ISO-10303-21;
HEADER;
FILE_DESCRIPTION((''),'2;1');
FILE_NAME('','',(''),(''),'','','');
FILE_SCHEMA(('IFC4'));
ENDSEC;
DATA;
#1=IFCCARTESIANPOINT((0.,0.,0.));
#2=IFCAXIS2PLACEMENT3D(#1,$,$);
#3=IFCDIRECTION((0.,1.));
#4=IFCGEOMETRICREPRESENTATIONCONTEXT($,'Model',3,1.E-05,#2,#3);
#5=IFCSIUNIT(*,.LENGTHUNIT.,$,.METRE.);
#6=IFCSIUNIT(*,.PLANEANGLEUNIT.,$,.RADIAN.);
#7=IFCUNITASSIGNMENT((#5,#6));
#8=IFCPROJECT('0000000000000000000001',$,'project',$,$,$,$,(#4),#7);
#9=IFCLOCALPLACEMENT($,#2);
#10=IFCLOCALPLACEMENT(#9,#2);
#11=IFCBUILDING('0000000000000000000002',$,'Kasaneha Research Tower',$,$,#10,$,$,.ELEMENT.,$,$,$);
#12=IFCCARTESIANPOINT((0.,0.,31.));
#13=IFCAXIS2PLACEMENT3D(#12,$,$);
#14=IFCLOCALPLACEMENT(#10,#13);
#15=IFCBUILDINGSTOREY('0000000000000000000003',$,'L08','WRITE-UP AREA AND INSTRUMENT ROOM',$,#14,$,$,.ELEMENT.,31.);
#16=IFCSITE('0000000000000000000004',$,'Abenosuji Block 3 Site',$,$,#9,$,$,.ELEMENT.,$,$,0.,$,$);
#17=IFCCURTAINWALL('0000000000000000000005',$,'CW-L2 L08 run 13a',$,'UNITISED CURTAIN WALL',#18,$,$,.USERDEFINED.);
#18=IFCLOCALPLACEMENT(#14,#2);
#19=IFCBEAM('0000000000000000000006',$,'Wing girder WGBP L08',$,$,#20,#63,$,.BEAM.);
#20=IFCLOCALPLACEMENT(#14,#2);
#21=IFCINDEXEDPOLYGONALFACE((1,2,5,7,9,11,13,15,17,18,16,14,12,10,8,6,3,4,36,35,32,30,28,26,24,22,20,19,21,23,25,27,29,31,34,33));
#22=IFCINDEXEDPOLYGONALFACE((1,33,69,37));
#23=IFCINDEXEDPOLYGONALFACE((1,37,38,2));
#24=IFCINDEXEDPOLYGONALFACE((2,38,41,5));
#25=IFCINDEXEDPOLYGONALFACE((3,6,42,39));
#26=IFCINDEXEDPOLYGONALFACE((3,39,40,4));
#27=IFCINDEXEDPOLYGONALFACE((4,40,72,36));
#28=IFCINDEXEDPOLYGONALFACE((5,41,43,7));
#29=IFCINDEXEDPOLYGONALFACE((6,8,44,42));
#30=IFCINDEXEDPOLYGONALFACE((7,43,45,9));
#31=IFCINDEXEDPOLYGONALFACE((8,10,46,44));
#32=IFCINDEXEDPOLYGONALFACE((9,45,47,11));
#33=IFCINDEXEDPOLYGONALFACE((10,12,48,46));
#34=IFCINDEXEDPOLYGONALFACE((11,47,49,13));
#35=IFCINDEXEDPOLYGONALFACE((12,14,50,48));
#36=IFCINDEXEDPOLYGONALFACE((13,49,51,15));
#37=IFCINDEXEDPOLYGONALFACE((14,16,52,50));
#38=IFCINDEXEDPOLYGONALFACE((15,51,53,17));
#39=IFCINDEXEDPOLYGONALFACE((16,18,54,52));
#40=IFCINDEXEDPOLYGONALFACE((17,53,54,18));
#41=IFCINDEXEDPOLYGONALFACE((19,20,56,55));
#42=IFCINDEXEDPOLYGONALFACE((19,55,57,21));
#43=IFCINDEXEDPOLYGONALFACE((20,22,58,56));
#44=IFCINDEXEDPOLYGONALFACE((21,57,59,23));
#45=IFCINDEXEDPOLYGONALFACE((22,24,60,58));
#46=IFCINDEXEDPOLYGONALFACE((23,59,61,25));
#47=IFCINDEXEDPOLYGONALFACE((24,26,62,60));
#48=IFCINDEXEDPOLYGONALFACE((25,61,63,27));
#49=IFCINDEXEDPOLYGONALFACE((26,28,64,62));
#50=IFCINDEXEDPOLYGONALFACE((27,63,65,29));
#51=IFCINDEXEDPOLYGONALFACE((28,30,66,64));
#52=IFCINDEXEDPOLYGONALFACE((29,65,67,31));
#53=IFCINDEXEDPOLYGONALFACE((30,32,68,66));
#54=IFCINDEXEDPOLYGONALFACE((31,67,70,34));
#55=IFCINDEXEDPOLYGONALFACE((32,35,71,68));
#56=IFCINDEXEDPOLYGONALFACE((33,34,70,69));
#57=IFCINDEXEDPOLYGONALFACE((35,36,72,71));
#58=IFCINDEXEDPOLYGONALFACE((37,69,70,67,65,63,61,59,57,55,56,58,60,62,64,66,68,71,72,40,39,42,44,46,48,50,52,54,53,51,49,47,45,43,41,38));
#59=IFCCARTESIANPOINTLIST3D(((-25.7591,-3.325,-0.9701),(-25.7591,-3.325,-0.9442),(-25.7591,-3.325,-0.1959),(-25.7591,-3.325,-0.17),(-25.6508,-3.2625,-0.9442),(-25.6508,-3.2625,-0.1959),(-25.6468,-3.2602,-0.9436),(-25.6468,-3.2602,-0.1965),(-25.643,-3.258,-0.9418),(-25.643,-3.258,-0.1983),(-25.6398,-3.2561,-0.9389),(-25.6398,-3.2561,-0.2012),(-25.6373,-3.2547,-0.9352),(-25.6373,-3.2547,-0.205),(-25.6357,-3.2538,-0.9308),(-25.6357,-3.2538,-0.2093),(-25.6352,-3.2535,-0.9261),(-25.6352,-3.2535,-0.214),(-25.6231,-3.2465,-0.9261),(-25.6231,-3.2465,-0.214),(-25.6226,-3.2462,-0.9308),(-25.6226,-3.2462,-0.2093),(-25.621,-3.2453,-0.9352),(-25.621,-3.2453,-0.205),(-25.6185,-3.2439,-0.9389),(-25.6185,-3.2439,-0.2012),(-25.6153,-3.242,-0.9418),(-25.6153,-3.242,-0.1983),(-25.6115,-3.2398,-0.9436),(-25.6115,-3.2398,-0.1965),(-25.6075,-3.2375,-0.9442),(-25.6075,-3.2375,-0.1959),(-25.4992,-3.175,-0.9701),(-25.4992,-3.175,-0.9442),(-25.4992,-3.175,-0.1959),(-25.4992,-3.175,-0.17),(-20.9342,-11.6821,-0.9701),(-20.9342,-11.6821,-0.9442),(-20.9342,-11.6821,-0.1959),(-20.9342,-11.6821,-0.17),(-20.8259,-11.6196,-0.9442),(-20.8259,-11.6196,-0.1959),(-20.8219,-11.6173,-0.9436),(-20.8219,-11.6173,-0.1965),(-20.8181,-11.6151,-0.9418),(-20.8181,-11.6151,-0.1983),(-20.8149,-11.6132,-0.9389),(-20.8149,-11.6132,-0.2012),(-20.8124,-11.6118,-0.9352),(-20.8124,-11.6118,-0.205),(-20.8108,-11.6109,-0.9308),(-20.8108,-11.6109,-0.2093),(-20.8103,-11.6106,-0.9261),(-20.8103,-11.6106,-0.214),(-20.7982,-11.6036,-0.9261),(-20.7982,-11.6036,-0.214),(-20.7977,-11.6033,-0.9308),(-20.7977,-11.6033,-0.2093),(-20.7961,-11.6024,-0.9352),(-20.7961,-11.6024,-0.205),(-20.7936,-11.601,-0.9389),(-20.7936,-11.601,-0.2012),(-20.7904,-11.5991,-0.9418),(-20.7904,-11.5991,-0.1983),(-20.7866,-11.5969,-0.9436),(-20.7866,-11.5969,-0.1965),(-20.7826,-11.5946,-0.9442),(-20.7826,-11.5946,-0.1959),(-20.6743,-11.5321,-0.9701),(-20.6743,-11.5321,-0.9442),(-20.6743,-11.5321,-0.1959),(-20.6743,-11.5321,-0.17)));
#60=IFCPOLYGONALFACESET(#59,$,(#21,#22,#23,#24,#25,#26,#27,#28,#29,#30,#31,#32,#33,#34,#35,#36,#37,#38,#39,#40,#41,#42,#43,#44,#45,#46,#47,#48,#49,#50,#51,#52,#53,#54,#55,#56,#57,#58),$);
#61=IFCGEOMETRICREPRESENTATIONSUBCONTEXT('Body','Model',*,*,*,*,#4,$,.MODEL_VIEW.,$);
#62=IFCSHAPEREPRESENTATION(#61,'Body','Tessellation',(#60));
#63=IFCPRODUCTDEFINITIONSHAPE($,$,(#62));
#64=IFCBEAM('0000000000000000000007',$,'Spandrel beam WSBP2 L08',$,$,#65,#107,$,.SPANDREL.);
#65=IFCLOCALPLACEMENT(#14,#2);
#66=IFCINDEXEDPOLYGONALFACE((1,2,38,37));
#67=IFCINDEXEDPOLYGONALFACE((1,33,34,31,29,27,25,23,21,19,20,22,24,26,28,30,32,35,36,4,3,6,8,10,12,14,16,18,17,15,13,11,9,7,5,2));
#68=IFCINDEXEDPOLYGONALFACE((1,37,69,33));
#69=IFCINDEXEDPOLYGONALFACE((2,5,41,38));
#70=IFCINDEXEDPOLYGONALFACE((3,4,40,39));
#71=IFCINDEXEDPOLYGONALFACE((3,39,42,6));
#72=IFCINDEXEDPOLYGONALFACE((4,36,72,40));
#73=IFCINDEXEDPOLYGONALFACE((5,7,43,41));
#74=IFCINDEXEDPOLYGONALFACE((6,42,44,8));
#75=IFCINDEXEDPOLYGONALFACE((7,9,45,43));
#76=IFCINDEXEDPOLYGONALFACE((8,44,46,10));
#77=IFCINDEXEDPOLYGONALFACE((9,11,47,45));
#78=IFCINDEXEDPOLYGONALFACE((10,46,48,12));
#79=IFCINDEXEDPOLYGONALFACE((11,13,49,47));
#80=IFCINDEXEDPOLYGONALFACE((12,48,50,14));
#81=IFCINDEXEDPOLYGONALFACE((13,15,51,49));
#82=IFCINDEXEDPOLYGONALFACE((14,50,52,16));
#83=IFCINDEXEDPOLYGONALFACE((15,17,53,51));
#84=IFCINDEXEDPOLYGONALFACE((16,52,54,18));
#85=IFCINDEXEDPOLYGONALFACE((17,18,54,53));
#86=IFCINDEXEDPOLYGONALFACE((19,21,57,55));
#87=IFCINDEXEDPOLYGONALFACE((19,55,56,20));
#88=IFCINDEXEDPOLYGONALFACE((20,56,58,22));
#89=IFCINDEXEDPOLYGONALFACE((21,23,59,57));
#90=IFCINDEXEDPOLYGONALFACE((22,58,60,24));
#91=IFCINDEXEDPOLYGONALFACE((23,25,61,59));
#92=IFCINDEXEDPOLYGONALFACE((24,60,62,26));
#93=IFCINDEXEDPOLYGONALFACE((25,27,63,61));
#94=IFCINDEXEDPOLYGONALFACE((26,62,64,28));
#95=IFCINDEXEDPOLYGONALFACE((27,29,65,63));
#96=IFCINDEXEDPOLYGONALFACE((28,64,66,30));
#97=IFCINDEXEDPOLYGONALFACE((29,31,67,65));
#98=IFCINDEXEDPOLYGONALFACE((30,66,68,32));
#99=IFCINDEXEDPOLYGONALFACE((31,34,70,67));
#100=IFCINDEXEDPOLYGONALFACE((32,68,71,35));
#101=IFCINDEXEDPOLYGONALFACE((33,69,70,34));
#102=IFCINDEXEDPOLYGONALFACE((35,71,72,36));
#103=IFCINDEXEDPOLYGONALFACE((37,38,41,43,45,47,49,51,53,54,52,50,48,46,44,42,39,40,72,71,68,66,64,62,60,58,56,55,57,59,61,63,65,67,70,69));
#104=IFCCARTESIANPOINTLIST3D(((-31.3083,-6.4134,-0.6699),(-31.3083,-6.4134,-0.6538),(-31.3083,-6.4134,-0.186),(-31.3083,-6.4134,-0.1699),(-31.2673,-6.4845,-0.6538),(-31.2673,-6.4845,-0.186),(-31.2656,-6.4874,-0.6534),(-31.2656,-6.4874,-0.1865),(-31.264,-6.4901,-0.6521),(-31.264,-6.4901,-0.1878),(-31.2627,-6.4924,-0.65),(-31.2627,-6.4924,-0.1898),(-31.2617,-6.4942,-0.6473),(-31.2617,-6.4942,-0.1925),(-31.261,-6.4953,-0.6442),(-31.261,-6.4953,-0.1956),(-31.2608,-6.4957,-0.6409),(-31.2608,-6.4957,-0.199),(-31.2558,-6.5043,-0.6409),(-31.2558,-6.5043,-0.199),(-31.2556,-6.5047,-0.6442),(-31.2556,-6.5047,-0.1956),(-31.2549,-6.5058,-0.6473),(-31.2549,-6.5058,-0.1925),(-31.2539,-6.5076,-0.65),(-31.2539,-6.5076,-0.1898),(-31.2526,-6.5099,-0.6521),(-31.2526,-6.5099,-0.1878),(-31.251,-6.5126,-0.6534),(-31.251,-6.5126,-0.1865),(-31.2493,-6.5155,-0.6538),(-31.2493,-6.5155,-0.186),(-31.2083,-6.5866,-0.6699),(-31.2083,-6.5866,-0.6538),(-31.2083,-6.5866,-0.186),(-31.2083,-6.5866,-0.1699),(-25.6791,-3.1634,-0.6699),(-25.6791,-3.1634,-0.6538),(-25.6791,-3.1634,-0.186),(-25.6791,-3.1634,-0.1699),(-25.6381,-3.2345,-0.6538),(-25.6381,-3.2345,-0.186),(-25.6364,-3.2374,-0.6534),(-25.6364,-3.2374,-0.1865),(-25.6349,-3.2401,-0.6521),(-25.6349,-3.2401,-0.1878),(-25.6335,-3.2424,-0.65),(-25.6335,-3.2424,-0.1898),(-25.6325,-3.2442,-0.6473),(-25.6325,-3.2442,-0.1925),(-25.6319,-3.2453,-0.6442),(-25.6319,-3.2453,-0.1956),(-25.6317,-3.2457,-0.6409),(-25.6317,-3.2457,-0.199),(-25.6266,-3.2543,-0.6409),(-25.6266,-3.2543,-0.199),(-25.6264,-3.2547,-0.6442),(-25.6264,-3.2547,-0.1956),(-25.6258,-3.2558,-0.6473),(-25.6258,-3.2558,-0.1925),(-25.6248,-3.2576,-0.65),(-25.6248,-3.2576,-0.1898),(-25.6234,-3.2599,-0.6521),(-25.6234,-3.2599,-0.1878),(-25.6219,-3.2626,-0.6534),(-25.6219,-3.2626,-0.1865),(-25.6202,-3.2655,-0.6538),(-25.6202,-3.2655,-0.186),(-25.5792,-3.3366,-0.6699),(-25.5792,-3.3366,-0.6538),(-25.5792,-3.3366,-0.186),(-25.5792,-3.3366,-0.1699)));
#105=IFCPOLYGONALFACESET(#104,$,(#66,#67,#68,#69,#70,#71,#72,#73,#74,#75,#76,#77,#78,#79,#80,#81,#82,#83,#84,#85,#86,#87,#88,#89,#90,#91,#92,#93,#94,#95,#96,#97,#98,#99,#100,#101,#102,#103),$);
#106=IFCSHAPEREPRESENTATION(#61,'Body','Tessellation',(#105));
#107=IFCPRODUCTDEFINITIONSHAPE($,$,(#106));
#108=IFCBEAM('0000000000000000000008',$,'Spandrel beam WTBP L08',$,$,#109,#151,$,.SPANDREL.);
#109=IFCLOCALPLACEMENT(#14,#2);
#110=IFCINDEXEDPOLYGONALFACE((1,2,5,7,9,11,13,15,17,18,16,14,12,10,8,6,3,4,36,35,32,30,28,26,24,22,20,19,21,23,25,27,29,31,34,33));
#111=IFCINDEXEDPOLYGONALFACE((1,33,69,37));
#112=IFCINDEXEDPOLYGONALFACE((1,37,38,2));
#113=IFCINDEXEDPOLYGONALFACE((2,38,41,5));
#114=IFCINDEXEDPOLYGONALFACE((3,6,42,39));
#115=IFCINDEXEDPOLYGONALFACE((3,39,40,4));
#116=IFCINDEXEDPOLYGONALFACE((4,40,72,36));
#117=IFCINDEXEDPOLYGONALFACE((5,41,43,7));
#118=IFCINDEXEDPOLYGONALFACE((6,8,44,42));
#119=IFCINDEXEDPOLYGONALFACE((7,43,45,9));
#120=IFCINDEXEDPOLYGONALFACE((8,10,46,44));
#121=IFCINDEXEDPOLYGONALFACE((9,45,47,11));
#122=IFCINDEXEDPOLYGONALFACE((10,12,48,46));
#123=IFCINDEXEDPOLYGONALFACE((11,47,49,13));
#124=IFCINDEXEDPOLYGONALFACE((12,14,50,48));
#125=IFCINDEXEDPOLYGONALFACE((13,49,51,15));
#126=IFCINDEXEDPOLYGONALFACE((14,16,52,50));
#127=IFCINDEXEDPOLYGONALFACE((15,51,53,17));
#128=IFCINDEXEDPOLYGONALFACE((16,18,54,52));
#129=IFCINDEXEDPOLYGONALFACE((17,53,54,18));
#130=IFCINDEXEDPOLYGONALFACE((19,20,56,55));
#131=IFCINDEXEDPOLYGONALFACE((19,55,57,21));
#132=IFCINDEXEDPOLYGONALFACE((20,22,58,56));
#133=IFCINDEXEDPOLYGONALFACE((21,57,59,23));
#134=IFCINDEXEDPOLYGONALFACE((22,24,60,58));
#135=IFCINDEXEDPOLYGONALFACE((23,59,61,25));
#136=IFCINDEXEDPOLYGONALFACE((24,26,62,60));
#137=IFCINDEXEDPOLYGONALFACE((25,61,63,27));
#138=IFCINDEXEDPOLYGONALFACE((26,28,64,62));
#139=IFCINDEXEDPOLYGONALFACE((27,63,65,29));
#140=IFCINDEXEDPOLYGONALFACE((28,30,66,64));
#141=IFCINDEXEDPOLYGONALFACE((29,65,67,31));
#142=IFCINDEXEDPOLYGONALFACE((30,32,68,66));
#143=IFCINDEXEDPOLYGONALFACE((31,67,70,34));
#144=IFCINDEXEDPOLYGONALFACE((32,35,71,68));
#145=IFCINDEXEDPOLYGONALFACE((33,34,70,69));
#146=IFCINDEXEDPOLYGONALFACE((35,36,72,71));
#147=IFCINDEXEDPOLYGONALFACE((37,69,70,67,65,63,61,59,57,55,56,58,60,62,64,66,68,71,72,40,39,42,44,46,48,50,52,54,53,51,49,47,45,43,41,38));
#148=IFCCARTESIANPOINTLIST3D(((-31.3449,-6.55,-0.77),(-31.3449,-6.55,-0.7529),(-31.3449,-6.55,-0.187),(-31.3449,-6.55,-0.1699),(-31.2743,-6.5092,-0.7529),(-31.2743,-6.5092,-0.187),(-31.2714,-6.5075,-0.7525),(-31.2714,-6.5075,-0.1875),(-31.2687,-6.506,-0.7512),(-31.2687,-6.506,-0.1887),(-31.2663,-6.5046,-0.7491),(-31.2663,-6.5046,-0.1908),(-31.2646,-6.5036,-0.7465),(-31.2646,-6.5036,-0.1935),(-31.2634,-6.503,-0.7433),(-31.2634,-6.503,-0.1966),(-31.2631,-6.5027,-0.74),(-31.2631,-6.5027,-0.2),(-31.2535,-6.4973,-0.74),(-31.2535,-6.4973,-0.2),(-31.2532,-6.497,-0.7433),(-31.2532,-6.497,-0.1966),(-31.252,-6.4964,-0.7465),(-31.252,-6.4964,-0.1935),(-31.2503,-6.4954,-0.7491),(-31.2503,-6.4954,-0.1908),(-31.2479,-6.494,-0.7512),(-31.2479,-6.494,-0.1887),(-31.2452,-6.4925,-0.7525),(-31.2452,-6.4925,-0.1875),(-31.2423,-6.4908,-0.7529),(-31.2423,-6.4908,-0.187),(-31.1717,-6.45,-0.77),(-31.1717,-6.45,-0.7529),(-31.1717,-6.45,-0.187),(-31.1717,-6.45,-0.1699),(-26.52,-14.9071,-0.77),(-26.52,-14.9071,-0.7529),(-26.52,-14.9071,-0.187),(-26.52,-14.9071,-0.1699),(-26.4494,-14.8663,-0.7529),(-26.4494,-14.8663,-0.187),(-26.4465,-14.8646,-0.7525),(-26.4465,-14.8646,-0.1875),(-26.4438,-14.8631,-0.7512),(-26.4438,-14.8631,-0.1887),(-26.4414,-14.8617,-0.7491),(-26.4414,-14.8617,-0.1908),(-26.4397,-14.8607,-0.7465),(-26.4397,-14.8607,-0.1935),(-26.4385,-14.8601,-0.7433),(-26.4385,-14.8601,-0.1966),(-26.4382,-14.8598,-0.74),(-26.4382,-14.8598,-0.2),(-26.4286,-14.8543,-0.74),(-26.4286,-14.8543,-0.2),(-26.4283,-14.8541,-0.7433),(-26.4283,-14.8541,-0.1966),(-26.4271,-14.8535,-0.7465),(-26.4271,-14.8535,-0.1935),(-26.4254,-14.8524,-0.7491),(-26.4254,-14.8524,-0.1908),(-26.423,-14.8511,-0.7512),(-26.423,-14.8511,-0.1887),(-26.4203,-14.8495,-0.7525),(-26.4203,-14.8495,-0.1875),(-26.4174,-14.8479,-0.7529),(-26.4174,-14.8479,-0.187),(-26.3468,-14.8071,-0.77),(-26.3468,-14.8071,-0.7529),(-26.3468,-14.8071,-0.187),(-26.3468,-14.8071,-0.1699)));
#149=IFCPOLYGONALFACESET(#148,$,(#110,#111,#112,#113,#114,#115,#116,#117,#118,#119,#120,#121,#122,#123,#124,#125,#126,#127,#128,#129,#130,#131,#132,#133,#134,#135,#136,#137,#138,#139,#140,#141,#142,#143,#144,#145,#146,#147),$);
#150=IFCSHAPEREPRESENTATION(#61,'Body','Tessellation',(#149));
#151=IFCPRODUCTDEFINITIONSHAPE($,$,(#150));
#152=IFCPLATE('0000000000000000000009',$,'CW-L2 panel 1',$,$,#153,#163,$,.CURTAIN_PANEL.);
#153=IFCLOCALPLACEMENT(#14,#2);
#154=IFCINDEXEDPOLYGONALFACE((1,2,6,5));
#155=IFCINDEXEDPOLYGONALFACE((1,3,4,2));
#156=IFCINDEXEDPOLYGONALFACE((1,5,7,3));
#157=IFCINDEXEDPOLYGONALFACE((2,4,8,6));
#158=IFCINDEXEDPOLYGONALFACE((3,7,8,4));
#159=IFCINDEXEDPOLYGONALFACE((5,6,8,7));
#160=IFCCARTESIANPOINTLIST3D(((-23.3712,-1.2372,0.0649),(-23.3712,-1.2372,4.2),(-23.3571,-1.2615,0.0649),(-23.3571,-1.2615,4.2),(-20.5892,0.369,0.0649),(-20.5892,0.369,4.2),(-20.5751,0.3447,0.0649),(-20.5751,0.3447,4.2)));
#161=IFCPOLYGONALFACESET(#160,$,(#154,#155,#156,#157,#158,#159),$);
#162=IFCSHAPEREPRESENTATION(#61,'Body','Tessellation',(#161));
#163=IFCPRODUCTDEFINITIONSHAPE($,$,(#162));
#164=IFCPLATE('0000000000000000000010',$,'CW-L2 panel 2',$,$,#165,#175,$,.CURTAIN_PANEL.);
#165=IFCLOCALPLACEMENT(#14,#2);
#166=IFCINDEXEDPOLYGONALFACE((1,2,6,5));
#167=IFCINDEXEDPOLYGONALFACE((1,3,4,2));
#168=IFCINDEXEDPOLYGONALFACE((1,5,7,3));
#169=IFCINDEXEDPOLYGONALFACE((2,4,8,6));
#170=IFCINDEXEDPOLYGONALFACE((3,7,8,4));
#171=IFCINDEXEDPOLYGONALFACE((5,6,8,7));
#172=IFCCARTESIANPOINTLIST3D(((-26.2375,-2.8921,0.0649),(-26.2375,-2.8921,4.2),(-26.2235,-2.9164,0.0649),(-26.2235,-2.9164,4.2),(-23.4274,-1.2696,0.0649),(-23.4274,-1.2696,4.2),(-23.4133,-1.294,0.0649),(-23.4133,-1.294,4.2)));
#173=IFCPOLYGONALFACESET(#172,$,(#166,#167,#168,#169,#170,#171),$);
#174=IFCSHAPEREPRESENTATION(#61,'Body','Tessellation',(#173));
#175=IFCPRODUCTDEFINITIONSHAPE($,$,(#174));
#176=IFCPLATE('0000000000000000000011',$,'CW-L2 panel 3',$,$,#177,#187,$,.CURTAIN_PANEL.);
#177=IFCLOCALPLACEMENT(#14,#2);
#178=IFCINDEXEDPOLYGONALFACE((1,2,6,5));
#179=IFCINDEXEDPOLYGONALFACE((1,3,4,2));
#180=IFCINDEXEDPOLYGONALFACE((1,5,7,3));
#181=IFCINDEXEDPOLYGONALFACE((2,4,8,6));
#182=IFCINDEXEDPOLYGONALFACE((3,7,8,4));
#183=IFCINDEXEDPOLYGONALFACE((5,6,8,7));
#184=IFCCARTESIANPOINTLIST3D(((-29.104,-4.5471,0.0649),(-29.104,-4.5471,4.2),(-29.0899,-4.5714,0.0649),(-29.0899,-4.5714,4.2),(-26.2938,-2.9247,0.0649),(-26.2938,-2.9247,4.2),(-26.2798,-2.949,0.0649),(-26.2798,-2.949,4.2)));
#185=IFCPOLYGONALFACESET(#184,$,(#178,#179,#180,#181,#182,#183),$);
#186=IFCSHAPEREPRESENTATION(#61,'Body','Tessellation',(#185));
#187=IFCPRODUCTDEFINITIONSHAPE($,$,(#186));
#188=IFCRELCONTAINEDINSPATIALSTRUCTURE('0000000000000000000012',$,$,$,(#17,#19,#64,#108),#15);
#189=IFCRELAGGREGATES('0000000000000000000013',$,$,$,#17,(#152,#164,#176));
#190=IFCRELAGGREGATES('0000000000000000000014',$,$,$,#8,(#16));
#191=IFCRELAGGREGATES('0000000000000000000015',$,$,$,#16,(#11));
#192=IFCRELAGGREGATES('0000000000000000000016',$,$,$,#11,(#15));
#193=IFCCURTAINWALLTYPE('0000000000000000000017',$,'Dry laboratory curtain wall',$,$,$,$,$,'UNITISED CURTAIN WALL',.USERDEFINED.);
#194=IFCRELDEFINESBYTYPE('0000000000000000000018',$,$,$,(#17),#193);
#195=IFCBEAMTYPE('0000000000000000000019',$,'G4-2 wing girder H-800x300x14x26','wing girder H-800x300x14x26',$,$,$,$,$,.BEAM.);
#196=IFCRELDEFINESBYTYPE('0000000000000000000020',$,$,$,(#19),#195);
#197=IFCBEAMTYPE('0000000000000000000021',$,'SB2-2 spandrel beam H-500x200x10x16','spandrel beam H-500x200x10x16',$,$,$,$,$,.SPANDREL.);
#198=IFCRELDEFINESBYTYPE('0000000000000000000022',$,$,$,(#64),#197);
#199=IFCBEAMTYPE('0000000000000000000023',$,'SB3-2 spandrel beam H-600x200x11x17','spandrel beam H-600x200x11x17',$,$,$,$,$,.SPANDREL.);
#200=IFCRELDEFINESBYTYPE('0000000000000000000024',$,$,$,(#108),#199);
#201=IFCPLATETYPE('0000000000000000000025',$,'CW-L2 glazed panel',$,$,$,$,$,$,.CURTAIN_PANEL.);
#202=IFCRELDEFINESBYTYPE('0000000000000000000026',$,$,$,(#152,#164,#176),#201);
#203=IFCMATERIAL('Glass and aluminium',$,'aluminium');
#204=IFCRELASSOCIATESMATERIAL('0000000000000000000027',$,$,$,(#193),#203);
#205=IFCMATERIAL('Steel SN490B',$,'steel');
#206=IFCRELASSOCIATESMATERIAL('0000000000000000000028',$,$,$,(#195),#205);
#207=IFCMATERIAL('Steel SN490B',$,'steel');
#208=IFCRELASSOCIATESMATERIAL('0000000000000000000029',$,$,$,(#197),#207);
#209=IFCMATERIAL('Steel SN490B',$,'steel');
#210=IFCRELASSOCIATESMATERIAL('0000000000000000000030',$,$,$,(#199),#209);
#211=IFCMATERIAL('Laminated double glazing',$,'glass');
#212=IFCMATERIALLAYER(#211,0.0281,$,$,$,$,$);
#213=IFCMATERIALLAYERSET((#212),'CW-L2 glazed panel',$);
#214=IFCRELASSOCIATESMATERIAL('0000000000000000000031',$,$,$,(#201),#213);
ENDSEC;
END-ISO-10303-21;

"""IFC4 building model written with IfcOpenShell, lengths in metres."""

from ifc_helpers import new_model, si_unit, direction, frame, origin, origin_2d, place, context, subcontext, project, spatial, rectangle, i_section, extrude, material, layer, layer_set, material_profile, profile_set, type_object, element, aggregate, save


model = new_model("IFC4")

# Units and contexts
model_context = context("Model", 3, precision=1e-05, world=origin(), true_north=direction((0.0, 1.0)))
body_context = subcontext(model_context, "Body", "Model", "MODEL_VIEW")
ifc_project = project(units=[si_unit("LENGTHUNIT", "METRE"), si_unit("PLANEANGLEUNIT", "RADIAN")], contexts=[model_context])

# Site, building, storey
site_placement = place(None, origin())
site = spatial("IfcSite", under=ifc_project, at=site_placement, Name="Abenosuji Block 3 Site", CompositionType="ELEMENT", RefElevation=0.0)
building_placement = place(site_placement, origin())
building = spatial("IfcBuilding", under=site, at=building_placement, Name="Kasaneha Research Tower", CompositionType="ELEMENT")
storey_placement = place(building_placement, frame((0.0, 0.0, 31.0)))
storey = spatial("IfcBuildingStorey", under=building, at=storey_placement, Name="L08", Description="WRITE-UP AREA AND INSTRUMENT ROOM", CompositionType="ELEMENT", Elevation=31.0)

# Curtain wall
ifc_material_1 = material(Name="Glass and aluminium", Category="aluminium")
curtain_wall_type = type_object("IfcCurtainWallType", Name="Dry laboratory curtain wall", ElementType="UNITISED CURTAIN WALL", PredefinedType="USERDEFINED", material=ifc_material_1)
curtain_wall_1_placement = place(storey_placement, origin())
curtain_wall_1 = element("IfcCurtainWall", 1, at=curtain_wall_1_placement, inside=storey, type_object=curtain_wall_type, Name="CW-L2 L08 run 13a", ObjectType="UNITISED CURTAIN WALL", PredefinedType="USERDEFINED")

# Beams
ifc_material_2 = material(Name="Steel SN490B", Category="steel")
ifc_material_profile_1 = material_profile(ifc_material_2, i_section(OverallWidth=0.3, OverallDepth=0.8, WebThickness=0.0139, FlangeThickness=0.0259, FilletRadius=0.0181, at=origin_2d()), Name="H-800x300x14x26")
ifc_profile_set_1 = profile_set([ifc_material_profile_1], Name="Steel SN490B")
beam_type_1 = type_object("IfcBeamType", Name="G4-2 wing girder H-800x300x14x26", Description="wing girder H-800x300x14x26", PredefinedType="BEAM", material=ifc_profile_set_1)
beam_1_placement = place(storey_placement, frame((-25.6292, -3.25, -0.5701), z_axis=(0.499995, -0.866028, 0.0), x_axis=(0.866028, 0.499995, 0.0)))
element("IfcBeam", 2, at=beam_1_placement, inside=storey, type_object=beam_type_1, Name="Wing girder WGBP L08", PredefinedType="BEAM", context=body_context, shape_type="SweptSolid", body=[
    extrude(i_section(OverallWidth=0.3, OverallDepth=0.8, WebThickness=0.0139, FlangeThickness=0.0259, FilletRadius=0.0181, at=origin_2d()), origin(), (0.0, 0.0, 1.0), 9.6499),
])
ifc_material_3 = material(Name="Steel SN490B", Category="steel")
ifc_material_profile_2 = material_profile(ifc_material_3, i_section(OverallWidth=0.2, OverallDepth=0.5, WebThickness=0.01, FlangeThickness=0.0161, FilletRadius=0.0129, at=origin_2d()), Name="H-500x200x10x16")
ifc_profile_set_2 = profile_set([ifc_material_profile_2], Name="Steel SN490B")
beam_type_2 = type_object("IfcBeamType", Name="SB2-2 spandrel beam H-500x200x10x16", Description="spandrel beam H-500x200x10x16", PredefinedType="SPANDREL", material=ifc_profile_set_2)
beam_2_placement = place(storey_placement, frame((-25.6292, -3.25, -0.4199), z_axis=(-0.866025, -0.500001, 0.0), x_axis=(0.500001, -0.866025, 0.0)))
element("IfcBeam", 3, at=beam_2_placement, inside=storey, type_object=beam_type_2, Name="Spandrel beam WSBP2 L08", PredefinedType="SPANDREL", context=body_context, shape_type="SweptSolid", body=[
    extrude(i_section(OverallWidth=0.2, OverallDepth=0.5, WebThickness=0.01, FlangeThickness=0.0161, FilletRadius=0.0129, at=origin_2d()), origin(), (0.0, 0.0, 1.0), 6.5),
])
ifc_material_4 = material(Name="Steel SN490B", Category="steel")
ifc_material_profile_3 = material_profile(ifc_material_4, i_section(OverallWidth=0.2, OverallDepth=0.6001, WebThickness=0.011, FlangeThickness=0.0171, FilletRadius=0.0129, at=origin_2d()), Name="H-600x200x11x17")
ifc_profile_set_3 = profile_set([ifc_material_profile_3], Name="Steel SN490B")
beam_type_3 = type_object("IfcBeamType", Name="SB3-2 spandrel beam H-600x200x11x17", Description="spandrel beam H-600x200x11x17", PredefinedType="SPANDREL", material=ifc_profile_set_3)
beam_3_placement = place(storey_placement, frame((-31.2583, -6.5, -0.47), z_axis=(0.499995, -0.866028, 0.0), x_axis=(0.866028, 0.499995, 0.0)))
element("IfcBeam", 4, at=beam_3_placement, inside=storey, type_object=beam_type_3, Name="Spandrel beam WTBP L08", PredefinedType="SPANDREL", context=body_context, shape_type="SweptSolid", body=[
    extrude(i_section(OverallWidth=0.2, OverallDepth=0.6001, WebThickness=0.011, FlangeThickness=0.0171, FilletRadius=0.0129, at=origin_2d()), origin(), (0.0, 0.0, 1.0), 9.6499),
])

# Plates
ifc_material_5 = material(Name="Laminated double glazing", Category="glass")
ifc_layer_1 = layer(ifc_material_5, 0.0281)
ifc_layer_set_1 = layer_set([ifc_layer_1], Name="CW-L2 glazed panel")
plate_type = type_object("IfcPlateType", Name="CW-L2 glazed panel", PredefinedType="CURTAIN_PANEL", material=ifc_layer_set_1)
plate_1_placement = place(storey_placement, frame((-21.9731, -0.4463, 0.0649), z_axis=(0.0, 0.0, 1.0), x_axis=(-0.866025, -0.5, 0.0)))
plate_1 = element("IfcPlate", 5, at=plate_1_placement, type_object=plate_type, Name="CW-L2 panel 1", PredefinedType="CURTAIN_PANEL", context=body_context, shape_type="SweptSolid", body=[
    extrude(rectangle(XDim=3.2124, YDim=0.0281, at=origin_2d()), origin(), (0.0, 0.0, 1.0), 4.135),
])
plate_2_placement = place(storey_placement, frame((-24.8254, -2.093, 0.0649), z_axis=(0.0, 0.0, 1.0), x_axis=(-0.866025, -0.5, 0.0)))
plate_2 = element("IfcPlate", 6, at=plate_2_placement, type_object=plate_type, Name="CW-L2 panel 2", PredefinedType="CURTAIN_PANEL", context=body_context, shape_type="SweptSolid", body=[
    extrude(rectangle(XDim=3.2449, YDim=0.0281, at=origin_2d()), origin(), (0.0, 0.0, 1.0), 4.135),
])
plate_3_placement = place(storey_placement, frame((-27.6919, -3.748, 0.0649), z_axis=(0.0, 0.0, 1.0), x_axis=(-0.866025, -0.5, 0.0)))
plate_3 = element("IfcPlate", 7, at=plate_3_placement, type_object=plate_type, Name="CW-L2 panel 3", PredefinedType="CURTAIN_PANEL", context=body_context, shape_type="SweptSolid", body=[
    extrude(rectangle(XDim=3.2449, YDim=0.0281, at=origin_2d()), origin(), (0.0, 0.0, 1.0), 4.135),
])
aggregate(curtain_wall_1, [plate_1, plate_2, plate_3])

save(model, "model.ifc")
